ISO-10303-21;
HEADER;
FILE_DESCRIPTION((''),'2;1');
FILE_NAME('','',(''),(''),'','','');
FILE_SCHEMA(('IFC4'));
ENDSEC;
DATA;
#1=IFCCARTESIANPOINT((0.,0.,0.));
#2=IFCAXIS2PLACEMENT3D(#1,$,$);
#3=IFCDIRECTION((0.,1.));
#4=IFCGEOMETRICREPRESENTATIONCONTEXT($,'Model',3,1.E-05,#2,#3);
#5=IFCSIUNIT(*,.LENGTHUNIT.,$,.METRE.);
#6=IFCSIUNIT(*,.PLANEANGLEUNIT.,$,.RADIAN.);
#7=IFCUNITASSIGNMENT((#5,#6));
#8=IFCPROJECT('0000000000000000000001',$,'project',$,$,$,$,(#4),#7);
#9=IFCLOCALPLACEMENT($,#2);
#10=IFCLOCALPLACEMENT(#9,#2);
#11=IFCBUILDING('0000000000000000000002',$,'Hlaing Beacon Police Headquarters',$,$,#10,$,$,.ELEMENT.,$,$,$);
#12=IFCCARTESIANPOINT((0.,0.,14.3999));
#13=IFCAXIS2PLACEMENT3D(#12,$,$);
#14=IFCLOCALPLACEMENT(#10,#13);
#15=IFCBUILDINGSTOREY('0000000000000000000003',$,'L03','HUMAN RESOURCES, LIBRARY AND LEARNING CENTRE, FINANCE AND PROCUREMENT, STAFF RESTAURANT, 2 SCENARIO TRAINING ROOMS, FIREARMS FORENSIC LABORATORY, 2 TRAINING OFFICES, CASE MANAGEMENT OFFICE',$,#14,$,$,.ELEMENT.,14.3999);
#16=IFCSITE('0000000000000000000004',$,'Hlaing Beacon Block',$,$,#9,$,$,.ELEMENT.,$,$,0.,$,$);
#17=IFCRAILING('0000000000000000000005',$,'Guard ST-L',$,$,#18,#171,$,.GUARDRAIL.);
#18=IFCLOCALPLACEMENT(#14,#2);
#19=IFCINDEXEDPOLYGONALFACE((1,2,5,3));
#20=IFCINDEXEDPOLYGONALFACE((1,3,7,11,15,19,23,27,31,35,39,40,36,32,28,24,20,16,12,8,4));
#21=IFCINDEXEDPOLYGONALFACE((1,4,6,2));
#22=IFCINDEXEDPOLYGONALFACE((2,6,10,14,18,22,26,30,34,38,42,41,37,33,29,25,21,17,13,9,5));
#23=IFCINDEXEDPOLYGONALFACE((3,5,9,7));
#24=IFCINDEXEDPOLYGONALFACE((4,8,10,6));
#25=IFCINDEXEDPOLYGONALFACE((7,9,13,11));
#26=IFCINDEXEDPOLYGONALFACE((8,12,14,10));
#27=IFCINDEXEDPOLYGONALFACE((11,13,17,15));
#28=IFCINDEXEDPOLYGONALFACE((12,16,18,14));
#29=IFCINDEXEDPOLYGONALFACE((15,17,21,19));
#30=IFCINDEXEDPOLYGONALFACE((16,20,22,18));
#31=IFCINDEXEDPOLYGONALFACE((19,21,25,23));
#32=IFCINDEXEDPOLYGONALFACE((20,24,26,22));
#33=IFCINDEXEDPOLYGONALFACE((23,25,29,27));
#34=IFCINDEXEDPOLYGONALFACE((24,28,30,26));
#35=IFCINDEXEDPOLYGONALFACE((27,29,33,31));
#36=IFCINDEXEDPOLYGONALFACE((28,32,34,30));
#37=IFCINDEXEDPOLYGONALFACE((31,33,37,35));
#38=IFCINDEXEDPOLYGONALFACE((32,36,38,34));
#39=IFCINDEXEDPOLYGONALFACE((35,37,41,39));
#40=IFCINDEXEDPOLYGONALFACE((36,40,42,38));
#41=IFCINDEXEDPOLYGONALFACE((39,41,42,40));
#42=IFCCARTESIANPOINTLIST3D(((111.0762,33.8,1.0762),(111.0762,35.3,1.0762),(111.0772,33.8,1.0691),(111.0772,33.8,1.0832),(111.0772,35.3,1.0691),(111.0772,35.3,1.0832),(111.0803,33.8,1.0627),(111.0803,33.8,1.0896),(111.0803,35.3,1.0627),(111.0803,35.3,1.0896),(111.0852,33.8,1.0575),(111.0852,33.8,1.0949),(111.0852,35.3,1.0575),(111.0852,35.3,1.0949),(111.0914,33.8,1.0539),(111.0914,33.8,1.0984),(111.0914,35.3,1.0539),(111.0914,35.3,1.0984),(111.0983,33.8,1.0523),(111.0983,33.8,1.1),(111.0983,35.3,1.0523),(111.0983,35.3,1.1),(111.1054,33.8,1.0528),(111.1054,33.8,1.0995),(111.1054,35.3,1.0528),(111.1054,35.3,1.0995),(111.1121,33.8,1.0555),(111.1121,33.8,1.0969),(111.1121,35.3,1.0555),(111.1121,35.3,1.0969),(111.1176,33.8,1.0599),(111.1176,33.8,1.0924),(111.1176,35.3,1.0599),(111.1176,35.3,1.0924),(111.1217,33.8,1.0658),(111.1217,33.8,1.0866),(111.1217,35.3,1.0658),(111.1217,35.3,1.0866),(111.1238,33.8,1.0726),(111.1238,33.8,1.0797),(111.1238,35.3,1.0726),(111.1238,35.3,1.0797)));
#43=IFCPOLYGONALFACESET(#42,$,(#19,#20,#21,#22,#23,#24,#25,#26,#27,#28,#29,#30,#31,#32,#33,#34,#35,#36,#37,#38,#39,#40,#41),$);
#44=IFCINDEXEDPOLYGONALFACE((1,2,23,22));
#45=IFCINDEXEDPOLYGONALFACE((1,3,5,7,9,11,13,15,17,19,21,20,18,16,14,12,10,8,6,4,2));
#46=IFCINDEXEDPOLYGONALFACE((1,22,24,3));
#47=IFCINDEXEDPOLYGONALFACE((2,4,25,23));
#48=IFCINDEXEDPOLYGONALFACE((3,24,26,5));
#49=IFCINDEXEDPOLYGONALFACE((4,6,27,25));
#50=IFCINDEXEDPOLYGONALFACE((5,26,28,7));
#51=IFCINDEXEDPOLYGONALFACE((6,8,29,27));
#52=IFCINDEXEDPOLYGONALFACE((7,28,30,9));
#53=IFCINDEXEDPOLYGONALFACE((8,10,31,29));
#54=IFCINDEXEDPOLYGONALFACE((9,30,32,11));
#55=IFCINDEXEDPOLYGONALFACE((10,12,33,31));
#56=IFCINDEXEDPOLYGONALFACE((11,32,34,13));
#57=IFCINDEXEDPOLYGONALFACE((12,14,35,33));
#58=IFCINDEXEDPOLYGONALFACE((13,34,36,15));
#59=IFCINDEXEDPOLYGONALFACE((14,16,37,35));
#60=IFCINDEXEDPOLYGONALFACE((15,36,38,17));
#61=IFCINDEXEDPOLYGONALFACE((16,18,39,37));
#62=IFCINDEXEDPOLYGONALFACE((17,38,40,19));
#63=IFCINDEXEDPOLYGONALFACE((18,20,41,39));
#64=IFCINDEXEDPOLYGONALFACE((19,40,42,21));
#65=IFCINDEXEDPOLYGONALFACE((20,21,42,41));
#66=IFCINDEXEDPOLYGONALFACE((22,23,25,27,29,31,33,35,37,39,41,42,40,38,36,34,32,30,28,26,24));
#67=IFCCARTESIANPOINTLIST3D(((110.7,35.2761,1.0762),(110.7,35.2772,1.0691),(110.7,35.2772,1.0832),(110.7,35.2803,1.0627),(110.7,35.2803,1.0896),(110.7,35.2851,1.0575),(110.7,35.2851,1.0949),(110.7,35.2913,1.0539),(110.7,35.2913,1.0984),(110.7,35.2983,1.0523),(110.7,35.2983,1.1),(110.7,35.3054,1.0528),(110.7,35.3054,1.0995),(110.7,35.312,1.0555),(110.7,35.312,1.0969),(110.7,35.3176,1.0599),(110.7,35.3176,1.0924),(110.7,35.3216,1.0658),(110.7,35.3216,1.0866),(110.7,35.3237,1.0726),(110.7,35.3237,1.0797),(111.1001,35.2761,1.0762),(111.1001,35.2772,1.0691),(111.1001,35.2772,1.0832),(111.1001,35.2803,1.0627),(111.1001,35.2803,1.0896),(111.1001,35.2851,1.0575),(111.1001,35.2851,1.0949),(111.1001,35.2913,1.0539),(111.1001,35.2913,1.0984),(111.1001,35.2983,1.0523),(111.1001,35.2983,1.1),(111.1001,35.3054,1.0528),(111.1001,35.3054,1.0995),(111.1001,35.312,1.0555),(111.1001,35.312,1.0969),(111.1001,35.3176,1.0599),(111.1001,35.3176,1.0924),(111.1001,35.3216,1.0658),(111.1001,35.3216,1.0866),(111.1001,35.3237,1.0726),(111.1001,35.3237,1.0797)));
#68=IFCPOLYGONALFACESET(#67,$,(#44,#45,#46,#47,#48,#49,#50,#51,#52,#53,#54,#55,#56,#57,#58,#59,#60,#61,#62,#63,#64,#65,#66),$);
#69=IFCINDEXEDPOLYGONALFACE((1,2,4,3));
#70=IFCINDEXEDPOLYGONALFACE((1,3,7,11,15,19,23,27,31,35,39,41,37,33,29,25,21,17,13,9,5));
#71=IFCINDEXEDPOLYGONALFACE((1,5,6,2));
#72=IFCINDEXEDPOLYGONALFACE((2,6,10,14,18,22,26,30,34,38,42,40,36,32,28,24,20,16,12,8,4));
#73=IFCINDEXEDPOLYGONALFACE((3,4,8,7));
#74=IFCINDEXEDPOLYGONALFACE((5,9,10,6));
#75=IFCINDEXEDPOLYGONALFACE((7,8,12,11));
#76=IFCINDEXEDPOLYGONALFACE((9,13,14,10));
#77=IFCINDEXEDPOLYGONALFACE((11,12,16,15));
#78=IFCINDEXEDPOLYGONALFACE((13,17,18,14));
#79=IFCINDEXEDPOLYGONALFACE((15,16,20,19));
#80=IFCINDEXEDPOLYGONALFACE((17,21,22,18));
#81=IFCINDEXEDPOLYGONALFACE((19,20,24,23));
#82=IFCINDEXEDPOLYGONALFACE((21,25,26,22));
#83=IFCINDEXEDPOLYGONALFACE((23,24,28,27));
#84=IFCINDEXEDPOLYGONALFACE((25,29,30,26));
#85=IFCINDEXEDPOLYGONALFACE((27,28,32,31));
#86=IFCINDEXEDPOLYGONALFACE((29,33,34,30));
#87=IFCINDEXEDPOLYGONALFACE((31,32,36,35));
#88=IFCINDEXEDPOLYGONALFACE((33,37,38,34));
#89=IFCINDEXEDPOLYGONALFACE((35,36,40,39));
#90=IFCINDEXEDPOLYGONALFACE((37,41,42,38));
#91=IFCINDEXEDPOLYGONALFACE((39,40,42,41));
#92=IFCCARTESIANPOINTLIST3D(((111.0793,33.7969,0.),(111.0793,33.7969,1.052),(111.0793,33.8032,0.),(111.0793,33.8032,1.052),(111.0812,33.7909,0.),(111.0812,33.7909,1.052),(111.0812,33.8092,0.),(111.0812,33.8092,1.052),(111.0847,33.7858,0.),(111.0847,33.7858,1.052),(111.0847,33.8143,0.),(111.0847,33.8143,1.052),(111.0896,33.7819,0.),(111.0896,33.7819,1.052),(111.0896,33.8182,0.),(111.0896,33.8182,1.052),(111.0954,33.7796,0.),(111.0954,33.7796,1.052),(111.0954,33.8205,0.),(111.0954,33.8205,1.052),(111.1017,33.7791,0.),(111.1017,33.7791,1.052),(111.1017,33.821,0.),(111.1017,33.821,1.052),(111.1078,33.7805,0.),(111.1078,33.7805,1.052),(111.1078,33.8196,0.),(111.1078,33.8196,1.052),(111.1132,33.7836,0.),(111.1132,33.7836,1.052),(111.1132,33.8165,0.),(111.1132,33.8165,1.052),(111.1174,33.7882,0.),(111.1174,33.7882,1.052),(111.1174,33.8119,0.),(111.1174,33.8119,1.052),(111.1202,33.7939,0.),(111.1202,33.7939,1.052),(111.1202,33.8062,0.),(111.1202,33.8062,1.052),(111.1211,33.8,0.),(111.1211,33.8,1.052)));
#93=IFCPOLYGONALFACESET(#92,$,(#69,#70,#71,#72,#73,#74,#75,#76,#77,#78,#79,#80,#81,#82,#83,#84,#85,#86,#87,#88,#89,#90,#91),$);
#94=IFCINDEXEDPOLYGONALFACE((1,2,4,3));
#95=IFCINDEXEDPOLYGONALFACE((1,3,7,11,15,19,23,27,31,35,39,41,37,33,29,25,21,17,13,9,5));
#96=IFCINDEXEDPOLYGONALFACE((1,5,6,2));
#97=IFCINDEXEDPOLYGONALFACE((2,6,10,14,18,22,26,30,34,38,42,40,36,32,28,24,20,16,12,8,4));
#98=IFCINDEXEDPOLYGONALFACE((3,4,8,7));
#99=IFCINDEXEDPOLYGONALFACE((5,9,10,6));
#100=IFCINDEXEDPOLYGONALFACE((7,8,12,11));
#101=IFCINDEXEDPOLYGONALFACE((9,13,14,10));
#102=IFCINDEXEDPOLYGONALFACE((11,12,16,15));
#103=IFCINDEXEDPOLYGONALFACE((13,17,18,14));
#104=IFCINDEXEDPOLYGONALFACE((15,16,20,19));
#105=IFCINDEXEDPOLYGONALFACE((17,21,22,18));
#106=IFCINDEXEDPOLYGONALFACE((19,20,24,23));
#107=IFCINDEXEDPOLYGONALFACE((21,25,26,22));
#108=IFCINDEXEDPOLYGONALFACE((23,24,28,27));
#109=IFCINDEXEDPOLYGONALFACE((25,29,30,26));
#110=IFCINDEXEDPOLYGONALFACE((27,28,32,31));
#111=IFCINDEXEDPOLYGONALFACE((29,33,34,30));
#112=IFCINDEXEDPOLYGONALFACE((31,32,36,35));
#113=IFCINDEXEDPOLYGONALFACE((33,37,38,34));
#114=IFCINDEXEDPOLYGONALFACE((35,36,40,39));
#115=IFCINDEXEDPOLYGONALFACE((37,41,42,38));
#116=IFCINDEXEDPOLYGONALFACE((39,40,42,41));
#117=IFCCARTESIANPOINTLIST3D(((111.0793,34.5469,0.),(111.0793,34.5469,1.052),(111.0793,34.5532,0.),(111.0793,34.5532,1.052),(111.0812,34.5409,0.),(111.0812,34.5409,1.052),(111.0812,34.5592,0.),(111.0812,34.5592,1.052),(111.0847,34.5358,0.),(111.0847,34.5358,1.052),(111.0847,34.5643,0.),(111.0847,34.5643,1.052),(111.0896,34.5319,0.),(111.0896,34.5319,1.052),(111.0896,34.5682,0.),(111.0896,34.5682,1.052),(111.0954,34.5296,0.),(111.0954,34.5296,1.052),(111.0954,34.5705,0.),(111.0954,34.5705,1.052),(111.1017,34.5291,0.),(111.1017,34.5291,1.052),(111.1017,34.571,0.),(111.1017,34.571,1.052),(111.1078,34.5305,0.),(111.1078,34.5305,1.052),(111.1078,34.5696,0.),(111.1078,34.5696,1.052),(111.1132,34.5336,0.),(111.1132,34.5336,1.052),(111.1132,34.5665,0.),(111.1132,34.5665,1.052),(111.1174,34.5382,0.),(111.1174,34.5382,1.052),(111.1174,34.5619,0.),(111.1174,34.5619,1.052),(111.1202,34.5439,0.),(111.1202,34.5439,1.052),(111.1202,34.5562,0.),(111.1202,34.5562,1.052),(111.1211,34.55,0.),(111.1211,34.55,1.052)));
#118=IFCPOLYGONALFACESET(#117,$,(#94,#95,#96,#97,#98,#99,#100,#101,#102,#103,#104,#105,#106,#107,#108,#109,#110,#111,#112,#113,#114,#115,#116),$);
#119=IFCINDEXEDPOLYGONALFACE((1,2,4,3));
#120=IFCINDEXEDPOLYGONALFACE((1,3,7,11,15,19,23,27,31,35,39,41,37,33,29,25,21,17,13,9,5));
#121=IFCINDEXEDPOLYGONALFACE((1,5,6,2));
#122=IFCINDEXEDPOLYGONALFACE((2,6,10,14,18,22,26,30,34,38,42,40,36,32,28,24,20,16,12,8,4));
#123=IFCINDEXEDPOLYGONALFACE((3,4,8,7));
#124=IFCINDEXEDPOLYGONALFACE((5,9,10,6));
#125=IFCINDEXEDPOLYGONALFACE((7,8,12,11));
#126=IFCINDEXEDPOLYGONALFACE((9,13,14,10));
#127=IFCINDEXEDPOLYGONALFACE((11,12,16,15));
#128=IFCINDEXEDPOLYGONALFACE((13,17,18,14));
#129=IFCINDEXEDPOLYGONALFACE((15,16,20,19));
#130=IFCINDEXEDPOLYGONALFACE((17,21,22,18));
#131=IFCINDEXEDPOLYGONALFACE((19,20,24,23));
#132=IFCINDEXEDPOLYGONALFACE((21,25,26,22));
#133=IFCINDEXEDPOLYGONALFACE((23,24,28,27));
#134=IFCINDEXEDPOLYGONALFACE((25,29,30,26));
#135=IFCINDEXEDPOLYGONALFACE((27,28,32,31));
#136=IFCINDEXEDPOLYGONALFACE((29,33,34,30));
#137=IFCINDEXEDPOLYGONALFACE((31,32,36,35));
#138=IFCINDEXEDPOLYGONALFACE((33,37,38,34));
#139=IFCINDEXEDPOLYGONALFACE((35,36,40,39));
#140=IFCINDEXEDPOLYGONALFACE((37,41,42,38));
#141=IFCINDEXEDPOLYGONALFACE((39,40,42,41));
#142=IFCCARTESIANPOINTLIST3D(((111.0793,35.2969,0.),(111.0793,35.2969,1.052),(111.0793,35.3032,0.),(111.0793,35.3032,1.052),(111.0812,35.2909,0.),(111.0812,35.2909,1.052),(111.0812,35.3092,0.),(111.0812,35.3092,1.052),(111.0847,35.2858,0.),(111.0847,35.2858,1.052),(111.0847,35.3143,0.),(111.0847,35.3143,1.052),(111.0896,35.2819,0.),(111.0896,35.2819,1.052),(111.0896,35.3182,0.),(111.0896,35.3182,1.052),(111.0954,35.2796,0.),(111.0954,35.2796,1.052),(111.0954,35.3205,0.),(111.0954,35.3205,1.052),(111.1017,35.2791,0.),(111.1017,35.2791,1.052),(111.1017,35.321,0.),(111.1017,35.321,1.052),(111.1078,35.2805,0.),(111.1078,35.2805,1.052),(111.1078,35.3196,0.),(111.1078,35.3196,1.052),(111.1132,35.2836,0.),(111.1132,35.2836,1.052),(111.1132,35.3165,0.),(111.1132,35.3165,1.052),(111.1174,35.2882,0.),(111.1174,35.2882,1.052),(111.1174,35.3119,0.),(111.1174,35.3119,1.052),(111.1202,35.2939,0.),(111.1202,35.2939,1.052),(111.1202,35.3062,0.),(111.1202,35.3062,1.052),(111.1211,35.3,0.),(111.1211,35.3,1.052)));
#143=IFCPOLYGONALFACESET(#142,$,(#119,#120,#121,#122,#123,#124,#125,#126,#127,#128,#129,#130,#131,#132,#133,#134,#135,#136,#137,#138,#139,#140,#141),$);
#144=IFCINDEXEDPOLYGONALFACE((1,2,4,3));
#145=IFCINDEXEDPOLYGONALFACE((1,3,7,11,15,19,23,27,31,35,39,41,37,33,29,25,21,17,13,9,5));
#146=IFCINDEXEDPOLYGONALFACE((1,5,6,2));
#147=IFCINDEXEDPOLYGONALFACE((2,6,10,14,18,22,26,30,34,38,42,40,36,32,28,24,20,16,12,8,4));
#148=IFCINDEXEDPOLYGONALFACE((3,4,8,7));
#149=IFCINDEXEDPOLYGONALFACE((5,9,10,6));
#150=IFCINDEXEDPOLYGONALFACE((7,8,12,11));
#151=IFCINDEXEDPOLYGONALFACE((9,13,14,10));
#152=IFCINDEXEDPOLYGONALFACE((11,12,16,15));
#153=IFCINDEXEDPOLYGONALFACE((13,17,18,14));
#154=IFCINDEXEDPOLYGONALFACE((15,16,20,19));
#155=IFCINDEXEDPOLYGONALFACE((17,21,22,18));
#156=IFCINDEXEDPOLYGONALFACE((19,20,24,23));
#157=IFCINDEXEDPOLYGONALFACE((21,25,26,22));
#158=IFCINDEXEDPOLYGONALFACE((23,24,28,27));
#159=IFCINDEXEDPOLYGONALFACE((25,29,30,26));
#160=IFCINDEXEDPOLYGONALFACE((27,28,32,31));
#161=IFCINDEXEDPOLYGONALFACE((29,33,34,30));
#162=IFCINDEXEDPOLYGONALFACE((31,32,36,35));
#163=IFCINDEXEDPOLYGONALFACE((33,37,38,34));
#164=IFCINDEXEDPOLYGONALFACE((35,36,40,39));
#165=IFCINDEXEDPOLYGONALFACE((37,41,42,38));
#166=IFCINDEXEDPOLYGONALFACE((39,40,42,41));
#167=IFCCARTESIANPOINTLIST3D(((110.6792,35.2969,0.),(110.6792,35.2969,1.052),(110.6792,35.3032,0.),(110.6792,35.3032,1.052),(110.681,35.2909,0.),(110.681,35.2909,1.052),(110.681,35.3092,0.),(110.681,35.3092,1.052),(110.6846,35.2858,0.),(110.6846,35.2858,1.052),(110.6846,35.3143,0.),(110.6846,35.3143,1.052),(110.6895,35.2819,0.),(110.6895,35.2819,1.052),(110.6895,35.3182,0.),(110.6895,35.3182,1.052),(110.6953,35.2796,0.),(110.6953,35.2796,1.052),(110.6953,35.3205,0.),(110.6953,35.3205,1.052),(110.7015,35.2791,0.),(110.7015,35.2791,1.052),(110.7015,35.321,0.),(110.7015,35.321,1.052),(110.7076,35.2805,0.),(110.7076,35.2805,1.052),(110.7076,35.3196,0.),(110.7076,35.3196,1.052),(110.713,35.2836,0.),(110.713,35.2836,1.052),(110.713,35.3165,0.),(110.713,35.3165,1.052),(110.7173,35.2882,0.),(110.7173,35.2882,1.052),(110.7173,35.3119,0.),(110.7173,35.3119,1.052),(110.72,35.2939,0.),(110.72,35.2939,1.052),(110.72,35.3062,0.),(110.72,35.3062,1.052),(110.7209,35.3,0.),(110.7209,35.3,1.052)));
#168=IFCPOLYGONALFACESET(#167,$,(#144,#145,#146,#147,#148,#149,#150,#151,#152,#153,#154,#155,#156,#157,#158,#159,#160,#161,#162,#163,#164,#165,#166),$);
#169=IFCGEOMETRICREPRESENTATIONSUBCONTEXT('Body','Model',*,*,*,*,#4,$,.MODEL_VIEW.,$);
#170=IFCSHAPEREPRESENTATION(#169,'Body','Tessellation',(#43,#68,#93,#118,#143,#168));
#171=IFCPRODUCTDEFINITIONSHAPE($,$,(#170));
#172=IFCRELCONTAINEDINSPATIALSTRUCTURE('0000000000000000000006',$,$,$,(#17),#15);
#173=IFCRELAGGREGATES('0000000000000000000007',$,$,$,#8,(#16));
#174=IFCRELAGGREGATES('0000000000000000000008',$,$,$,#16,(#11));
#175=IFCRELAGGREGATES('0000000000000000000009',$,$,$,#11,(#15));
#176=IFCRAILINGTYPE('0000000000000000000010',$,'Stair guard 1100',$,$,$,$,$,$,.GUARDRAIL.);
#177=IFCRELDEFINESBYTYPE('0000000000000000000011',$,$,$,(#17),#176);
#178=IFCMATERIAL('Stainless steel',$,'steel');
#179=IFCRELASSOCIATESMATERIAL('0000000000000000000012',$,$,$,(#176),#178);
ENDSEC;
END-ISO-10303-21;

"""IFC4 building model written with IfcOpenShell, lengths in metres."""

from ifc_helpers import new_model, si_unit, direction, frame, origin, origin_2d, place, context, subcontext, project, spatial, circle, extrude, material, type_object, element, save


model = new_model("IFC4")

# Units and contexts
model_context = context("Model", 3, precision=1e-05, world=origin(), true_north=direction((0.0, 1.0)))
body_context = subcontext(model_context, "Body", "Model", "MODEL_VIEW")
ifc_project = project(units=[si_unit("LENGTHUNIT", "METRE"), si_unit("PLANEANGLEUNIT", "RADIAN")], contexts=[model_context])

# Site, building, storey
site_placement = place(None, origin())
site = spatial("IfcSite", under=ifc_project, at=site_placement, Name="Hlaing Beacon Block", CompositionType="ELEMENT", RefElevation=0.0)
building_placement = place(site_placement, origin())
building = spatial("IfcBuilding", under=site, at=building_placement, Name="Hlaing Beacon Police Headquarters", CompositionType="ELEMENT")
storey_placement = place(building_placement, frame((0.0, 0.0, 14.3999)))
storey = spatial("IfcBuildingStorey", under=building, at=storey_placement, Name="L03", Description="HUMAN RESOURCES, LIBRARY AND LEARNING CENTRE, FINANCE AND PROCUREMENT, STAFF RESTAURANT, 2 SCENARIO TRAINING ROOMS, FIREARMS FORENSIC LABORATORY, 2 TRAINING OFFICES, CASE MANAGEMENT OFFICE", CompositionType="ELEMENT", Elevation=14.3999)

# Railing
ifc_material_1 = material(Name="Stainless steel", Category="steel")
railing_type_1 = type_object("IfcRailingType", Name="Stair guard 1100", PredefinedType="GUARDRAIL", material=ifc_material_1)
railing_placement = place(storey_placement, frame((111.1001, 33.8, 0.0)))
element("IfcRailing", 1, at=railing_placement, inside=storey, type_object=railing_type_1, Name="Guard ST-L", PredefinedType="GUARDRAIL", context=body_context, shape_type="SweptSolid", body=[
    extrude(circle(Radius=0.0239, at=origin_2d()), frame((0.0, 0.0, 1.0762), z_axis=(0.0, 1.0, 0.0), x_axis=(-1.0, 0.0, 0.0)), (0.0, 0.0, 1.0), 1.5),
    extrude(circle(Radius=0.0239, at=origin_2d()), frame((0.0, 1.5, 1.0762), z_axis=(-1.0, 0.0, 0.0), x_axis=(0.0, -1.0, 0.0)), (0.0, 0.0, 1.0), 0.4001),
    extrude(circle(Radius=0.021, at=origin_2d()), origin(), (0.0, 0.0, 1.0), 1.052),
    extrude(circle(Radius=0.021, at=origin_2d()), frame((0.0, 0.75, 0.0)), (0.0, 0.0, 1.0), 1.052),
    extrude(circle(Radius=0.021, at=origin_2d()), frame((0.0, 1.5, 0.0)), (0.0, 0.0, 1.0), 1.052),
    extrude(circle(Radius=0.021, at=origin_2d()), frame((-0.4001, 1.5, 0.0)), (0.0, 0.0, 1.0), 1.052),
])

save(model, "model.ifc")
